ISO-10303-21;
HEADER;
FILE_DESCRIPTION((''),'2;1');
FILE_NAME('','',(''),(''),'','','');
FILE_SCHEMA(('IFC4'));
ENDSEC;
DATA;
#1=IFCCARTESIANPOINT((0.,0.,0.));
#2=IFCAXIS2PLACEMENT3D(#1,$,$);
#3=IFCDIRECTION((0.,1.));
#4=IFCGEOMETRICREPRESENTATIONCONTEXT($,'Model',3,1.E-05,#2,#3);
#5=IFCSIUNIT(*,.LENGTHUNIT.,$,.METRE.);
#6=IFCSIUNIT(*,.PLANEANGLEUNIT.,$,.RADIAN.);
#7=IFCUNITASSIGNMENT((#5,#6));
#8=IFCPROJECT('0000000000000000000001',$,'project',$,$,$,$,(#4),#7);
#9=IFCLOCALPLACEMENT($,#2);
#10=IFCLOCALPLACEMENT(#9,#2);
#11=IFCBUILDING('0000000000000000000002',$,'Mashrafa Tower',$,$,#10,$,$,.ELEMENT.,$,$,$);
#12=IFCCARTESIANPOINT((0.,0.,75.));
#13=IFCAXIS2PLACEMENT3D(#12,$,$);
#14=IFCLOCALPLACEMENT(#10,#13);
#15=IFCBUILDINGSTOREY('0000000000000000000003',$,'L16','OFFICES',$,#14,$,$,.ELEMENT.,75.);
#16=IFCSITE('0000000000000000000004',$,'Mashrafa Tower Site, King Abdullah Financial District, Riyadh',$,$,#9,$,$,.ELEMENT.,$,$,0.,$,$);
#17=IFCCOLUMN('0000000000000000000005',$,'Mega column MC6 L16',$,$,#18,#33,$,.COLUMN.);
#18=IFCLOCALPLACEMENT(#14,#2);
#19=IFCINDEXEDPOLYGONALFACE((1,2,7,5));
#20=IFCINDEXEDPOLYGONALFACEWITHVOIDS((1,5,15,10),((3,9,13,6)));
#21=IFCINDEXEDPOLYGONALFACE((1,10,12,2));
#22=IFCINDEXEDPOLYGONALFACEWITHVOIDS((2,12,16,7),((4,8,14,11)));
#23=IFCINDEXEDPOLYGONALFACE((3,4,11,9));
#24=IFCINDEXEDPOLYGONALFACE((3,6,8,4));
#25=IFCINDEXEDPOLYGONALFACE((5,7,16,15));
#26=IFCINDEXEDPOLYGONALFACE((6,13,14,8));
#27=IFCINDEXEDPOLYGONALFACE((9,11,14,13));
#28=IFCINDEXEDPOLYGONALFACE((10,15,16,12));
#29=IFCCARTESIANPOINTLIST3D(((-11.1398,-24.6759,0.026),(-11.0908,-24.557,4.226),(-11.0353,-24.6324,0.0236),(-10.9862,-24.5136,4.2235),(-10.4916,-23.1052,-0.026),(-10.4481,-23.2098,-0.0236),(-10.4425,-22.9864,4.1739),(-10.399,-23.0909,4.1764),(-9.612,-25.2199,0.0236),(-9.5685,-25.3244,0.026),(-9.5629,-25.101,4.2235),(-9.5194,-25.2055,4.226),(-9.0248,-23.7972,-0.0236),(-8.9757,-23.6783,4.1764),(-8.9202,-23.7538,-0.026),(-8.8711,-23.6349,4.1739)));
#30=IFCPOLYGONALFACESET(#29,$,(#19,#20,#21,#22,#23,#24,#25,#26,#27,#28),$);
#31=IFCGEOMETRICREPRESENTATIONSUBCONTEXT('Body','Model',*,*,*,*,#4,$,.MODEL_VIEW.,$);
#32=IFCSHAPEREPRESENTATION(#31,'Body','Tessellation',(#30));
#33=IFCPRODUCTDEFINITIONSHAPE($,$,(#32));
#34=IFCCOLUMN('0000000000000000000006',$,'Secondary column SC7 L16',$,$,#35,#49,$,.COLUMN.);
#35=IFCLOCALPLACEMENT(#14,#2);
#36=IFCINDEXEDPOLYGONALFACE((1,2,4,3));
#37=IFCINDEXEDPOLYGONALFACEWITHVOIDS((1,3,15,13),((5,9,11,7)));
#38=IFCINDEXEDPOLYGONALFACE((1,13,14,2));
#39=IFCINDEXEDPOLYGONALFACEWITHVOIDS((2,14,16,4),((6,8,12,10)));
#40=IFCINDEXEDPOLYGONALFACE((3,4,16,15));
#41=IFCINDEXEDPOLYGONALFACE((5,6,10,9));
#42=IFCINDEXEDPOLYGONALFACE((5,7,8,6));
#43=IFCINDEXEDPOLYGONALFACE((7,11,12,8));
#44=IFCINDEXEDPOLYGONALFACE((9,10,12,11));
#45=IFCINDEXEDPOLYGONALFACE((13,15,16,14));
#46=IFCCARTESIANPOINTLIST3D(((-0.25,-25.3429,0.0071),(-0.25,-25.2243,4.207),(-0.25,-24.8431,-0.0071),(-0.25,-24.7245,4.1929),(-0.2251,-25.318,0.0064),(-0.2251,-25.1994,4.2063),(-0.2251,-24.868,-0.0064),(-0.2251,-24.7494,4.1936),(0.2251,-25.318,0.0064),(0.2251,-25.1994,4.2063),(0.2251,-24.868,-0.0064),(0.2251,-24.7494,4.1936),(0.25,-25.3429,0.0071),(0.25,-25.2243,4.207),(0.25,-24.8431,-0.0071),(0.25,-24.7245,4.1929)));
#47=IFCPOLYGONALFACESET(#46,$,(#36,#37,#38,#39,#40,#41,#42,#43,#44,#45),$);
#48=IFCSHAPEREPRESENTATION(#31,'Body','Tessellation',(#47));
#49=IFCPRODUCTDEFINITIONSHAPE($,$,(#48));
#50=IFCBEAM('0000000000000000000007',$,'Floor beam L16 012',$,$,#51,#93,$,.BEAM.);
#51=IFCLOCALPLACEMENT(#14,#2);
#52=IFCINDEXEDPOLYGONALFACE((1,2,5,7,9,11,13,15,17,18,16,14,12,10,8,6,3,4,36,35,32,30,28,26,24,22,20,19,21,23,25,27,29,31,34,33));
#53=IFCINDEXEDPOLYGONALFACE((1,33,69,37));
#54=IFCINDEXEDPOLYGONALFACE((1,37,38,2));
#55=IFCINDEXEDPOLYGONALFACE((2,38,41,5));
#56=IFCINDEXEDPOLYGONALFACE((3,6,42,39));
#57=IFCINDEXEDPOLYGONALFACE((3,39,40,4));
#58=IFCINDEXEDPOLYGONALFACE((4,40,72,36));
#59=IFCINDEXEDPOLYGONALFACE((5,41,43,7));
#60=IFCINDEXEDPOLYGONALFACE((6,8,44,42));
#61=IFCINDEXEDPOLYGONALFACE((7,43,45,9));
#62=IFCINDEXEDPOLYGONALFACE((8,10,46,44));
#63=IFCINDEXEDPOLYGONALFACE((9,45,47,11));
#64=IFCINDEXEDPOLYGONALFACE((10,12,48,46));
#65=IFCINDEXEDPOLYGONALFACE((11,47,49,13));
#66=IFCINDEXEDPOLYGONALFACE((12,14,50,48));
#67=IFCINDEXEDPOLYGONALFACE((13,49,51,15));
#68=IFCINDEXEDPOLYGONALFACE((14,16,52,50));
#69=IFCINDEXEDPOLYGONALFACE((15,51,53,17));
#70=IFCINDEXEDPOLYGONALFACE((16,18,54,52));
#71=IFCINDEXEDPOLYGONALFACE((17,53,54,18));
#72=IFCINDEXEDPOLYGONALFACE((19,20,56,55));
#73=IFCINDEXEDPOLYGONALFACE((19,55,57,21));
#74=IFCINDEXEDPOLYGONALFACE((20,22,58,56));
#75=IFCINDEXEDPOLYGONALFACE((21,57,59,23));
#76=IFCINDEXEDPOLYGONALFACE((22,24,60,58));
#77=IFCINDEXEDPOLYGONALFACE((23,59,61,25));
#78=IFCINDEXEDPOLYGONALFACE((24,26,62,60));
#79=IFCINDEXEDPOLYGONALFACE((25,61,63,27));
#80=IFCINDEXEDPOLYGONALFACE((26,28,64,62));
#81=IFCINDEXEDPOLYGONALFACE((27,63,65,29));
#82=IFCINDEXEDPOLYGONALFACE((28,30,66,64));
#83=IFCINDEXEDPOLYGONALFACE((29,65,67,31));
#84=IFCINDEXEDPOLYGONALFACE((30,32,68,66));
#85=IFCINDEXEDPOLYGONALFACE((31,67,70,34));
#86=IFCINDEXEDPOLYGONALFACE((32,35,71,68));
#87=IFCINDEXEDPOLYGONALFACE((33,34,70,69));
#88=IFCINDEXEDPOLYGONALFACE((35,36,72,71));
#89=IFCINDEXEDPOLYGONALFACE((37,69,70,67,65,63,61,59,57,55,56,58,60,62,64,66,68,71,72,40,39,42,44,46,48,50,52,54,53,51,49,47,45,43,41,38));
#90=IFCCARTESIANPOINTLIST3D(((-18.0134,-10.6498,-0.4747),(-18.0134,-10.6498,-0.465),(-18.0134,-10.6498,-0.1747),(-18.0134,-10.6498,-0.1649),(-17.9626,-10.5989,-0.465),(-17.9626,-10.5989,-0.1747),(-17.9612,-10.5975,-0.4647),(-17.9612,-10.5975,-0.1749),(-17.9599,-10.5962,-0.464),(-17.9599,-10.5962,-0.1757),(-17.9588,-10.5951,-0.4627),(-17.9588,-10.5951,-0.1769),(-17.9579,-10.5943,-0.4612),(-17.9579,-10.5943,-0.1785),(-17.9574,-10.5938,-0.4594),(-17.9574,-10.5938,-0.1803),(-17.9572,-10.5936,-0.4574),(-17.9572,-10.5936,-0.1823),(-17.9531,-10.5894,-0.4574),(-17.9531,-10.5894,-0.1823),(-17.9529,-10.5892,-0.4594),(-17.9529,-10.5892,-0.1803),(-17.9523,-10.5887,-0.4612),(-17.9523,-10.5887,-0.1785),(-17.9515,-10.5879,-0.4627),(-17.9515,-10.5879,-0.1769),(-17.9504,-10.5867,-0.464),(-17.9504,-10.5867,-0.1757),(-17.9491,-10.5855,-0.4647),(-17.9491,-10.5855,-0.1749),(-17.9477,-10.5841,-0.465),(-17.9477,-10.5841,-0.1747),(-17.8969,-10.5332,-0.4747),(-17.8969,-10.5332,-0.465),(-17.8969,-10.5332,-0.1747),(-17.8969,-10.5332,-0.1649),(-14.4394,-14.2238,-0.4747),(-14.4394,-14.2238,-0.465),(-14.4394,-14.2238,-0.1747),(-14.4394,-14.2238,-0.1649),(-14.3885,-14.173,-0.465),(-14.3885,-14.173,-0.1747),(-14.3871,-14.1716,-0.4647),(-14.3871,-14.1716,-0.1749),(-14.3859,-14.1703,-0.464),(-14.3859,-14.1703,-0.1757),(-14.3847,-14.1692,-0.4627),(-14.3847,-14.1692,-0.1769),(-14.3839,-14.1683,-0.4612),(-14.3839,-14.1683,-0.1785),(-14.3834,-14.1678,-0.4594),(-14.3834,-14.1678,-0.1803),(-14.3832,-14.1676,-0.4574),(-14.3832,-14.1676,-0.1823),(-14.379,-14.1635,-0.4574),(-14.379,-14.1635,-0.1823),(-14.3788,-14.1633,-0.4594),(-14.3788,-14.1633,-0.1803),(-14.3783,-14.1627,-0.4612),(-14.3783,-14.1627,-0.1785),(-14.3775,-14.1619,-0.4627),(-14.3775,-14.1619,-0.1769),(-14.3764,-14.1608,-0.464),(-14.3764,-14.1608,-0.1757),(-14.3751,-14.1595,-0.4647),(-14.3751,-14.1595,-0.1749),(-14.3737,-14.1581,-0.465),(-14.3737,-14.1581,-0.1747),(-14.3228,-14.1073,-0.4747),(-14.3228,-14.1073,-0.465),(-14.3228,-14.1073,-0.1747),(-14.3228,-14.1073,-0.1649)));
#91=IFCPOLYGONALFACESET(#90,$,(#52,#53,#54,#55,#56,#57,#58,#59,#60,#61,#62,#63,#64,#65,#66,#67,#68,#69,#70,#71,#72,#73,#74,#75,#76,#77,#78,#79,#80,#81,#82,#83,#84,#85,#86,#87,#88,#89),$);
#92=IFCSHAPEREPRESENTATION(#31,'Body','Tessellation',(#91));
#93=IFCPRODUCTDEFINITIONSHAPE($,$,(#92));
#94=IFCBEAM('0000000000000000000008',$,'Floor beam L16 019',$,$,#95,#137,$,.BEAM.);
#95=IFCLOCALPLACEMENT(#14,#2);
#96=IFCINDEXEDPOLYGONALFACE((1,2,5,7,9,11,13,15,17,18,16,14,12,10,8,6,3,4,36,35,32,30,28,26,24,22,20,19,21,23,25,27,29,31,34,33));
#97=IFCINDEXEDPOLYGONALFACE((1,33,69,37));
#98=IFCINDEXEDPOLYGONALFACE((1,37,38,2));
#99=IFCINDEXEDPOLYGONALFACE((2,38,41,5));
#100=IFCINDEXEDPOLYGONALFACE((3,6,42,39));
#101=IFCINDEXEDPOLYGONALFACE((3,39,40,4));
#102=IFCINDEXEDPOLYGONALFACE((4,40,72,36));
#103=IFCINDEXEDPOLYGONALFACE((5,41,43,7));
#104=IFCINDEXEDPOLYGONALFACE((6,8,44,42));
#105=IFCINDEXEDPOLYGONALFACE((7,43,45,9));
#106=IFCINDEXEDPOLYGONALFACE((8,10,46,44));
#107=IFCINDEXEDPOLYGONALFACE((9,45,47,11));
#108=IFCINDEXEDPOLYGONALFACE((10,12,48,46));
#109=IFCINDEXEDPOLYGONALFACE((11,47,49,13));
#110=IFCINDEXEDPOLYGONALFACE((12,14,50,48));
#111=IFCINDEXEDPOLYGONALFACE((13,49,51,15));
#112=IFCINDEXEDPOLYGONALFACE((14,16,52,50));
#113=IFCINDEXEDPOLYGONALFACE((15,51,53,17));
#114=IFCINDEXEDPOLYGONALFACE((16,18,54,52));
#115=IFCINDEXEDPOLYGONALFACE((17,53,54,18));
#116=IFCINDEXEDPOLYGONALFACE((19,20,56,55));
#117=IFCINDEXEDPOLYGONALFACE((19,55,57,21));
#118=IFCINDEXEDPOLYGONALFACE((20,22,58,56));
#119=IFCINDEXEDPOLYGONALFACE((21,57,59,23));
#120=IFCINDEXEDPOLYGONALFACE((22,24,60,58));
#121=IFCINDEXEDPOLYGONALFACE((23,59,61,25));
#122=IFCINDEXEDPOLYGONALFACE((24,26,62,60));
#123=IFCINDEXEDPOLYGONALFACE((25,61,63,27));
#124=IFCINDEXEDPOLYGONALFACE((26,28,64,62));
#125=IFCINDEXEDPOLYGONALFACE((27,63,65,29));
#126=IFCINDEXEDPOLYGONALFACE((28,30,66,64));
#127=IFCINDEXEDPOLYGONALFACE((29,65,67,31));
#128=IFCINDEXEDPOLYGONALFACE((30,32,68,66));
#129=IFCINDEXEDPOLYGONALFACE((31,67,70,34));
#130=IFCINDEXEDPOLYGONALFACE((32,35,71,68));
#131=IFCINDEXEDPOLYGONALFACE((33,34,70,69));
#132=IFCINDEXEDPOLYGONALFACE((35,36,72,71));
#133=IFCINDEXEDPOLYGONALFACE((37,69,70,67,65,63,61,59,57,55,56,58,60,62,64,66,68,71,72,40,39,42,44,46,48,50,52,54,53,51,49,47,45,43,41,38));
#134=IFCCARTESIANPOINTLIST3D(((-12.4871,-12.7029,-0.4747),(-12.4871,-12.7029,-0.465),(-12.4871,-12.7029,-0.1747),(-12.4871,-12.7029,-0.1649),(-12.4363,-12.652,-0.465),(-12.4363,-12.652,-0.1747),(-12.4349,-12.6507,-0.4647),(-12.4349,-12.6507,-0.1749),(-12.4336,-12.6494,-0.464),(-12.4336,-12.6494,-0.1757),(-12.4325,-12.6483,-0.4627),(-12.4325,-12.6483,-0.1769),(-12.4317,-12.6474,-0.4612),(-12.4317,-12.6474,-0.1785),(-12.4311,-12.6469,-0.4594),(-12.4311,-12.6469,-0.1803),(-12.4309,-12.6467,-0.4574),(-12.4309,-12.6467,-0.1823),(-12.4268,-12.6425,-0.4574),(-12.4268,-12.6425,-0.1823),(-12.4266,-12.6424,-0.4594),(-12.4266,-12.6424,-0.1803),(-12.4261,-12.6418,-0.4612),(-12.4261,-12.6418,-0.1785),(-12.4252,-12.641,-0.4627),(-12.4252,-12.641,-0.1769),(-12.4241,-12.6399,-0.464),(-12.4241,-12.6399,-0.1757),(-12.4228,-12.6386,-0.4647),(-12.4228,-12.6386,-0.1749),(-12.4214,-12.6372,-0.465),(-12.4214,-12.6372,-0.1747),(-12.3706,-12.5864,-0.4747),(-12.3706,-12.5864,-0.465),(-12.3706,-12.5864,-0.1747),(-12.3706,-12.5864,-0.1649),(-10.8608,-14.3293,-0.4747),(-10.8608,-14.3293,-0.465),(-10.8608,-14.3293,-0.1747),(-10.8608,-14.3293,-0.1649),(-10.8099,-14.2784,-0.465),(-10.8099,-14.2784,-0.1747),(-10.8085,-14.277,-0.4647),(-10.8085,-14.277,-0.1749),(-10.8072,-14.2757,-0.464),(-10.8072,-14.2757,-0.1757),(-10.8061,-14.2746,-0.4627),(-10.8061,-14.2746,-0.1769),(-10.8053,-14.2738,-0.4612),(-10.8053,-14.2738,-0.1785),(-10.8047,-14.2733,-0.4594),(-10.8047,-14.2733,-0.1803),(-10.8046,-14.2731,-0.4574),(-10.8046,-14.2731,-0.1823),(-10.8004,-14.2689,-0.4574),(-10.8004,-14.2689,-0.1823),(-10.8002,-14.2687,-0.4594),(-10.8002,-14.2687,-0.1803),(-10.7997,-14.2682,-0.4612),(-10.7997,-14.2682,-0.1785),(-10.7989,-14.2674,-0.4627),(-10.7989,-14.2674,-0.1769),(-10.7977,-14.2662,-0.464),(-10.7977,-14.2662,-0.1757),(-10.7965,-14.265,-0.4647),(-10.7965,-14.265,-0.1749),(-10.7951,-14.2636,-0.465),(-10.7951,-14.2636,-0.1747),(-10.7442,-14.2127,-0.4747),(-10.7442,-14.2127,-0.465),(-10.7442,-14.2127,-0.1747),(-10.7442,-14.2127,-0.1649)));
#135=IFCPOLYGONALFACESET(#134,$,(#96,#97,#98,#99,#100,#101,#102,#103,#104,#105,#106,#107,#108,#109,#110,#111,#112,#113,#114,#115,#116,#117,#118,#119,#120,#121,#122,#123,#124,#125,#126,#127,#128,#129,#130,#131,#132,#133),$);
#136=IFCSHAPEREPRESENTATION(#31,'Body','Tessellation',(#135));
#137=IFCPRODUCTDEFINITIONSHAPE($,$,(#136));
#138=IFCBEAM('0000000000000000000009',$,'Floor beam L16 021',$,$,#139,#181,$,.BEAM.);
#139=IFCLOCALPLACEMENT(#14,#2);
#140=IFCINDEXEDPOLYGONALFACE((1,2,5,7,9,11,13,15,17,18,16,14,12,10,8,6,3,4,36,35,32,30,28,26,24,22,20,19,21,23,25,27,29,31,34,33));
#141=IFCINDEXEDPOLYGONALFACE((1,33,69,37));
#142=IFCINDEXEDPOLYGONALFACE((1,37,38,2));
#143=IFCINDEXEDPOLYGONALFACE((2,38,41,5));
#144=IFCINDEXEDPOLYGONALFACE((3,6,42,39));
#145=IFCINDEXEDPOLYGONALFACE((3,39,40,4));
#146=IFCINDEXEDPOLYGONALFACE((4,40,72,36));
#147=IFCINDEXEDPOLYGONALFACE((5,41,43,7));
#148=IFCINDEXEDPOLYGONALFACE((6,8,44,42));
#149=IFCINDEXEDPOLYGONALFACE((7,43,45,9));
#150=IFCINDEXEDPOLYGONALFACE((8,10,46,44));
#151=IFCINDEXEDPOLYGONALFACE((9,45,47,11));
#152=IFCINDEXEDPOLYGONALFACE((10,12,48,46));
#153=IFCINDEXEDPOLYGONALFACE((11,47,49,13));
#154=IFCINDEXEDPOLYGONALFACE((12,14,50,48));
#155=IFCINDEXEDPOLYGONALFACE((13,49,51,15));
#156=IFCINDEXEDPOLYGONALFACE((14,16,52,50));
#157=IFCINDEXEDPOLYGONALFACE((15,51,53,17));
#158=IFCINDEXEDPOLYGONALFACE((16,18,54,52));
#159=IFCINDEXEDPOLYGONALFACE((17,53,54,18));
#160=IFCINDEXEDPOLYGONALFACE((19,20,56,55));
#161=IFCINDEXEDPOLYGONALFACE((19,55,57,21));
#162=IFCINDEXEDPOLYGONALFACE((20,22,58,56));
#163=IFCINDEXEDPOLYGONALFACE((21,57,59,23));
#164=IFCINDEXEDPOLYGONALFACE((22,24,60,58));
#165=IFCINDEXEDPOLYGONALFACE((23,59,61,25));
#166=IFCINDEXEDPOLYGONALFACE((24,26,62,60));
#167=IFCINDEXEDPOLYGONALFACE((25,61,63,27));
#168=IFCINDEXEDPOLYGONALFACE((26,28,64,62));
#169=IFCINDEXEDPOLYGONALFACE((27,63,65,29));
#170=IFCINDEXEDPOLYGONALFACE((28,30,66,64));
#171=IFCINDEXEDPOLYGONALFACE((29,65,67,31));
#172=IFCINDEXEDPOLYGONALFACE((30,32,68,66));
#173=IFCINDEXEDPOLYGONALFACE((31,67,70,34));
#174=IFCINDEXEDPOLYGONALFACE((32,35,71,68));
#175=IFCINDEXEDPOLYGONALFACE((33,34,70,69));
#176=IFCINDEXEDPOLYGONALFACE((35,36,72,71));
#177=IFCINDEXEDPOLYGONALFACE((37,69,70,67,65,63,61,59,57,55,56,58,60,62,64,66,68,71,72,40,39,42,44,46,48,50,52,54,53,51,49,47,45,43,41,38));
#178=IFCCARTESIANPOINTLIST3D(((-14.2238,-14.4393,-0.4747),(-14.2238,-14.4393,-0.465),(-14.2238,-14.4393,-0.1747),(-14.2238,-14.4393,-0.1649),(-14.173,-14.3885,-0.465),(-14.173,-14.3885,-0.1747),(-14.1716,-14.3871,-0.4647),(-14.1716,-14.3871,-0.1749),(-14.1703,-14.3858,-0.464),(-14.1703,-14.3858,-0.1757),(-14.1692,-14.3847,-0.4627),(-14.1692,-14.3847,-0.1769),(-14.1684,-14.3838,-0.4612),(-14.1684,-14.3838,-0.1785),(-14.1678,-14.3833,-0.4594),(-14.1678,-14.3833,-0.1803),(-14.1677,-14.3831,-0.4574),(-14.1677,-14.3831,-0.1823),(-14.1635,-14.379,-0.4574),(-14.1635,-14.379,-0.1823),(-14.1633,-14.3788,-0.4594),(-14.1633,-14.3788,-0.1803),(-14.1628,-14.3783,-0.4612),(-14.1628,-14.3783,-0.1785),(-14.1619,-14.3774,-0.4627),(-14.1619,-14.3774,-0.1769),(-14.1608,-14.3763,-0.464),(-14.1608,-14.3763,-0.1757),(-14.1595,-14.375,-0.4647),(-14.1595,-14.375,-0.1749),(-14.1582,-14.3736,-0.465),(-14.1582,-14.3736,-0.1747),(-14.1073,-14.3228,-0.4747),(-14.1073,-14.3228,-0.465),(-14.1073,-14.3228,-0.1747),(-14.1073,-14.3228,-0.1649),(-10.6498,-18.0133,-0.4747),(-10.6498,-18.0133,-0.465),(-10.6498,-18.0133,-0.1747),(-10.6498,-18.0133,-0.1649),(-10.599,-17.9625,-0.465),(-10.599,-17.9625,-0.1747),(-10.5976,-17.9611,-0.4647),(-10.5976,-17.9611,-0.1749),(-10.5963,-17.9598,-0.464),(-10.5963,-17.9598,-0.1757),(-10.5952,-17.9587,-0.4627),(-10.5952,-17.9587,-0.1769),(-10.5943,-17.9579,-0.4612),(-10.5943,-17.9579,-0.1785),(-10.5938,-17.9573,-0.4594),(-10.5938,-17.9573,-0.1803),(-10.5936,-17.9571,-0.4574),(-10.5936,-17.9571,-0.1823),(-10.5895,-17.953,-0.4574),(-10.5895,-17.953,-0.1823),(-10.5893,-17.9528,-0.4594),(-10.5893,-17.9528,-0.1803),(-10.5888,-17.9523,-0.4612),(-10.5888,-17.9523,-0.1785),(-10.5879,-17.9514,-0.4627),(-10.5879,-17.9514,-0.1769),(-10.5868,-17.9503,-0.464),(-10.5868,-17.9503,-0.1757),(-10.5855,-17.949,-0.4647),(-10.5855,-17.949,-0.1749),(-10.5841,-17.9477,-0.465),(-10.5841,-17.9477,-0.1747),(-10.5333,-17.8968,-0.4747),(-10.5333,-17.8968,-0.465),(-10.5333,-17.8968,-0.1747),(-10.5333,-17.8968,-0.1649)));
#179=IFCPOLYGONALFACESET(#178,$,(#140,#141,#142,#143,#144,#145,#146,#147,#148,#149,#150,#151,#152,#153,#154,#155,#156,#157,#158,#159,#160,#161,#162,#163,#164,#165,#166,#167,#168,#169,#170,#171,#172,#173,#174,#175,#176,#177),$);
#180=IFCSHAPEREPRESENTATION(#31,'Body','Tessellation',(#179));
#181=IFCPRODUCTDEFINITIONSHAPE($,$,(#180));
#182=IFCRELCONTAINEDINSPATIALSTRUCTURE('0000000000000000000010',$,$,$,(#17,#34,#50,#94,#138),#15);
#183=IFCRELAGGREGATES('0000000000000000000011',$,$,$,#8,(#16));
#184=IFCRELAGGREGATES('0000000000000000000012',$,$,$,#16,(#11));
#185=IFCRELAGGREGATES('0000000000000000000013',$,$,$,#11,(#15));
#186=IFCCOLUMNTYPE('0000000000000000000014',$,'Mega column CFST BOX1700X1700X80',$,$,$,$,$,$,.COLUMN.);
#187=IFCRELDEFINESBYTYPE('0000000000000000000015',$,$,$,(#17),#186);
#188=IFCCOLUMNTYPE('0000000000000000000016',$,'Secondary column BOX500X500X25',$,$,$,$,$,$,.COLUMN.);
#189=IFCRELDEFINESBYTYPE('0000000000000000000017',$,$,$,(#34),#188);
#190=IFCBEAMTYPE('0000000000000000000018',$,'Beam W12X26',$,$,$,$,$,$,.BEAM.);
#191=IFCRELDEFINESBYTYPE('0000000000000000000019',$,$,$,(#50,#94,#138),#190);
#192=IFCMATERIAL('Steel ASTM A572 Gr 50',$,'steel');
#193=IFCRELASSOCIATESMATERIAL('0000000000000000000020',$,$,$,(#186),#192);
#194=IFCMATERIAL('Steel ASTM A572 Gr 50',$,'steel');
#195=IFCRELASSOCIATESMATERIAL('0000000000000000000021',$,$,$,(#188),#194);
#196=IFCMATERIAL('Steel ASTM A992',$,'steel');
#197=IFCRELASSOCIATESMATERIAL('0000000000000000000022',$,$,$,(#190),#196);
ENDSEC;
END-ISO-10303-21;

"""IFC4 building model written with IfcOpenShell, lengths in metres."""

from ifc_helpers import new_model, si_unit, direction, frame, origin, origin_2d, place, context, subcontext, project, spatial, hollow_rectangle, i_section, extrude, material, material_profile, profile_set, type_object, element, save


model = new_model("IFC4")

# Units and contexts
model_context = context("Model", 3, precision=1e-05, world=origin(), true_north=direction((0.0, 1.0)))
body_context = subcontext(model_context, "Body", "Model", "MODEL_VIEW")
ifc_project = project(units=[si_unit("LENGTHUNIT", "METRE"), si_unit("PLANEANGLEUNIT", "RADIAN")], contexts=[model_context])

# Site, building, storey
site_placement = place(None, origin())
site = spatial("IfcSite", under=ifc_project, at=site_placement, Name="Mashrafa Tower Site, King Abdullah Financial District, Riyadh", CompositionType="ELEMENT", RefElevation=0.0)
building_placement = place(site_placement, origin())
building = spatial("IfcBuilding", under=site, at=building_placement, Name="Mashrafa Tower", CompositionType="ELEMENT")
storey_placement = place(building_placement, frame((0.0, 0.0, 75.0)))
storey = spatial("IfcBuildingStorey", under=building, at=storey_placement, Name="L16", Description="OFFICES", CompositionType="ELEMENT", Elevation=75.0)

# Columns
ifc_material_1 = material(Name="Steel ASTM A572 Gr 50", Category="steel")
ifc_material_profile_1 = material_profile(ifc_material_1, hollow_rectangle(XDim=1.7, YDim=1.7, WallThickness=0.0801, at=origin_2d()), Name="BOX1700X1700X80")
ifc_profile_set_1 = profile_set([ifc_material_profile_1], Name="Steel ASTM A572 Gr 50")
column_type_1 = type_object("IfcColumnType", Name="Mega column CFST BOX1700X1700X80", PredefinedType="COLUMN", material=ifc_profile_set_1)
column_1_placement = place(storey_placement, frame((-10.03, -24.2148, 0.0), z_axis=(0.011679, 0.028296, 0.999531), x_axis=(-0.924363, 0.381513, 0.0)))
element("IfcColumn", 1, at=column_1_placement, inside=storey, type_object=column_type_1, Name="Mega column MC6 L16", PredefinedType="COLUMN", context=body_context, shape_type="SweptSolid", body=[
    extrude(hollow_rectangle(XDim=1.7, YDim=1.7, WallThickness=0.0801, at=origin_2d()), origin(), (0.0, 0.0, 1.0), 4.2019),
])
ifc_material_2 = material(Name="Steel ASTM A572 Gr 50", Category="steel")
ifc_material_profile_2 = material_profile(ifc_material_2, hollow_rectangle(XDim=0.5, YDim=0.5, WallThickness=0.0249, at=origin_2d()), Name="BOX500X500X25")
ifc_profile_set_2 = profile_set([ifc_material_profile_2], Name="Steel ASTM A572 Gr 50")
column_type_2 = type_object("IfcColumnType", Name="Secondary column BOX500X500X25", PredefinedType="COLUMN", material=ifc_profile_set_2)
column_2_placement = place(storey_placement, frame((0.0, -25.093, 0.0), z_axis=(0.0, 0.02824, 0.999601), x_axis=(-1.0, 0.0, 0.0)))
element("IfcColumn", 2, at=column_2_placement, inside=storey, type_object=column_type_2, Name="Secondary column SC7 L16", PredefinedType="COLUMN", context=body_context, shape_type="SweptSolid", body=[
    extrude(hollow_rectangle(XDim=0.5, YDim=0.5, WallThickness=0.0249, at=origin_2d()), origin(), (0.0, 0.0, 1.0), 4.2017),
])

# Beams
ifc_material_3 = material(Name="Steel ASTM A992", Category="steel")
ifc_material_profile_3 = material_profile(ifc_material_3, i_section(OverallWidth=0.1648, OverallDepth=0.3098, WebThickness=0.0059, FlangeThickness=0.0098, FilletRadius=0.0076, at=origin_2d()), Name="W12X26")
ifc_profile_set_3 = profile_set([ifc_material_profile_3], Name="Steel ASTM A992")
beam_type_1 = type_object("IfcBeamType", Name="Beam W12X26", PredefinedType="BEAM", material=ifc_profile_set_3)
beam_1_placement = place(storey_placement, frame((-14.3811, -14.1655, -0.3198), z_axis=(-0.707107, 0.707107, 0.0), x_axis=(-0.707107, -0.707107, 0.0)))
element("IfcBeam", 3, at=beam_1_placement, inside=storey, type_object=beam_type_1, Name="Floor beam L16 012", PredefinedType="BEAM", context=body_context, shape_type="SweptSolid", body=[
    extrude(i_section(OverallWidth=0.1648, OverallDepth=0.3098, WebThickness=0.0059, FlangeThickness=0.0098, FilletRadius=0.0076, at=origin_2d()), origin(), (0.0, 0.0, 1.0), 5.0544),
])
beam_2_placement = place(storey_placement, frame((-10.8025, -14.271, -0.3198), z_axis=(-0.707107, 0.707107, 0.0), x_axis=(-0.707107, -0.707107, 0.0)))
element("IfcBeam", 4, at=beam_2_placement, inside=storey, type_object=beam_type_1, Name="Floor beam L16 019", PredefinedType="BEAM", context=body_context, shape_type="SweptSolid", body=[
    extrude(i_section(OverallWidth=0.1648, OverallDepth=0.3098, WebThickness=0.0059, FlangeThickness=0.0098, FilletRadius=0.0076, at=origin_2d()), origin(), (0.0, 0.0, 1.0), 2.3),
])
beam_3_placement = place(storey_placement, frame((-10.5916, -17.9551, -0.3198), z_axis=(-0.707107, 0.707107, 0.0), x_axis=(-0.707107, -0.707107, 0.0)))
element("IfcBeam", 5, at=beam_3_placement, inside=storey, type_object=beam_type_1, Name="Floor beam L16 021", PredefinedType="BEAM", context=body_context, shape_type="SweptSolid", body=[
    extrude(i_section(OverallWidth=0.1648, OverallDepth=0.3098, WebThickness=0.0059, FlangeThickness=0.0098, FilletRadius=0.0076, at=origin_2d()), origin(), (0.0, 0.0, 1.0), 5.0544),
])

save(model, "model.ifc")
